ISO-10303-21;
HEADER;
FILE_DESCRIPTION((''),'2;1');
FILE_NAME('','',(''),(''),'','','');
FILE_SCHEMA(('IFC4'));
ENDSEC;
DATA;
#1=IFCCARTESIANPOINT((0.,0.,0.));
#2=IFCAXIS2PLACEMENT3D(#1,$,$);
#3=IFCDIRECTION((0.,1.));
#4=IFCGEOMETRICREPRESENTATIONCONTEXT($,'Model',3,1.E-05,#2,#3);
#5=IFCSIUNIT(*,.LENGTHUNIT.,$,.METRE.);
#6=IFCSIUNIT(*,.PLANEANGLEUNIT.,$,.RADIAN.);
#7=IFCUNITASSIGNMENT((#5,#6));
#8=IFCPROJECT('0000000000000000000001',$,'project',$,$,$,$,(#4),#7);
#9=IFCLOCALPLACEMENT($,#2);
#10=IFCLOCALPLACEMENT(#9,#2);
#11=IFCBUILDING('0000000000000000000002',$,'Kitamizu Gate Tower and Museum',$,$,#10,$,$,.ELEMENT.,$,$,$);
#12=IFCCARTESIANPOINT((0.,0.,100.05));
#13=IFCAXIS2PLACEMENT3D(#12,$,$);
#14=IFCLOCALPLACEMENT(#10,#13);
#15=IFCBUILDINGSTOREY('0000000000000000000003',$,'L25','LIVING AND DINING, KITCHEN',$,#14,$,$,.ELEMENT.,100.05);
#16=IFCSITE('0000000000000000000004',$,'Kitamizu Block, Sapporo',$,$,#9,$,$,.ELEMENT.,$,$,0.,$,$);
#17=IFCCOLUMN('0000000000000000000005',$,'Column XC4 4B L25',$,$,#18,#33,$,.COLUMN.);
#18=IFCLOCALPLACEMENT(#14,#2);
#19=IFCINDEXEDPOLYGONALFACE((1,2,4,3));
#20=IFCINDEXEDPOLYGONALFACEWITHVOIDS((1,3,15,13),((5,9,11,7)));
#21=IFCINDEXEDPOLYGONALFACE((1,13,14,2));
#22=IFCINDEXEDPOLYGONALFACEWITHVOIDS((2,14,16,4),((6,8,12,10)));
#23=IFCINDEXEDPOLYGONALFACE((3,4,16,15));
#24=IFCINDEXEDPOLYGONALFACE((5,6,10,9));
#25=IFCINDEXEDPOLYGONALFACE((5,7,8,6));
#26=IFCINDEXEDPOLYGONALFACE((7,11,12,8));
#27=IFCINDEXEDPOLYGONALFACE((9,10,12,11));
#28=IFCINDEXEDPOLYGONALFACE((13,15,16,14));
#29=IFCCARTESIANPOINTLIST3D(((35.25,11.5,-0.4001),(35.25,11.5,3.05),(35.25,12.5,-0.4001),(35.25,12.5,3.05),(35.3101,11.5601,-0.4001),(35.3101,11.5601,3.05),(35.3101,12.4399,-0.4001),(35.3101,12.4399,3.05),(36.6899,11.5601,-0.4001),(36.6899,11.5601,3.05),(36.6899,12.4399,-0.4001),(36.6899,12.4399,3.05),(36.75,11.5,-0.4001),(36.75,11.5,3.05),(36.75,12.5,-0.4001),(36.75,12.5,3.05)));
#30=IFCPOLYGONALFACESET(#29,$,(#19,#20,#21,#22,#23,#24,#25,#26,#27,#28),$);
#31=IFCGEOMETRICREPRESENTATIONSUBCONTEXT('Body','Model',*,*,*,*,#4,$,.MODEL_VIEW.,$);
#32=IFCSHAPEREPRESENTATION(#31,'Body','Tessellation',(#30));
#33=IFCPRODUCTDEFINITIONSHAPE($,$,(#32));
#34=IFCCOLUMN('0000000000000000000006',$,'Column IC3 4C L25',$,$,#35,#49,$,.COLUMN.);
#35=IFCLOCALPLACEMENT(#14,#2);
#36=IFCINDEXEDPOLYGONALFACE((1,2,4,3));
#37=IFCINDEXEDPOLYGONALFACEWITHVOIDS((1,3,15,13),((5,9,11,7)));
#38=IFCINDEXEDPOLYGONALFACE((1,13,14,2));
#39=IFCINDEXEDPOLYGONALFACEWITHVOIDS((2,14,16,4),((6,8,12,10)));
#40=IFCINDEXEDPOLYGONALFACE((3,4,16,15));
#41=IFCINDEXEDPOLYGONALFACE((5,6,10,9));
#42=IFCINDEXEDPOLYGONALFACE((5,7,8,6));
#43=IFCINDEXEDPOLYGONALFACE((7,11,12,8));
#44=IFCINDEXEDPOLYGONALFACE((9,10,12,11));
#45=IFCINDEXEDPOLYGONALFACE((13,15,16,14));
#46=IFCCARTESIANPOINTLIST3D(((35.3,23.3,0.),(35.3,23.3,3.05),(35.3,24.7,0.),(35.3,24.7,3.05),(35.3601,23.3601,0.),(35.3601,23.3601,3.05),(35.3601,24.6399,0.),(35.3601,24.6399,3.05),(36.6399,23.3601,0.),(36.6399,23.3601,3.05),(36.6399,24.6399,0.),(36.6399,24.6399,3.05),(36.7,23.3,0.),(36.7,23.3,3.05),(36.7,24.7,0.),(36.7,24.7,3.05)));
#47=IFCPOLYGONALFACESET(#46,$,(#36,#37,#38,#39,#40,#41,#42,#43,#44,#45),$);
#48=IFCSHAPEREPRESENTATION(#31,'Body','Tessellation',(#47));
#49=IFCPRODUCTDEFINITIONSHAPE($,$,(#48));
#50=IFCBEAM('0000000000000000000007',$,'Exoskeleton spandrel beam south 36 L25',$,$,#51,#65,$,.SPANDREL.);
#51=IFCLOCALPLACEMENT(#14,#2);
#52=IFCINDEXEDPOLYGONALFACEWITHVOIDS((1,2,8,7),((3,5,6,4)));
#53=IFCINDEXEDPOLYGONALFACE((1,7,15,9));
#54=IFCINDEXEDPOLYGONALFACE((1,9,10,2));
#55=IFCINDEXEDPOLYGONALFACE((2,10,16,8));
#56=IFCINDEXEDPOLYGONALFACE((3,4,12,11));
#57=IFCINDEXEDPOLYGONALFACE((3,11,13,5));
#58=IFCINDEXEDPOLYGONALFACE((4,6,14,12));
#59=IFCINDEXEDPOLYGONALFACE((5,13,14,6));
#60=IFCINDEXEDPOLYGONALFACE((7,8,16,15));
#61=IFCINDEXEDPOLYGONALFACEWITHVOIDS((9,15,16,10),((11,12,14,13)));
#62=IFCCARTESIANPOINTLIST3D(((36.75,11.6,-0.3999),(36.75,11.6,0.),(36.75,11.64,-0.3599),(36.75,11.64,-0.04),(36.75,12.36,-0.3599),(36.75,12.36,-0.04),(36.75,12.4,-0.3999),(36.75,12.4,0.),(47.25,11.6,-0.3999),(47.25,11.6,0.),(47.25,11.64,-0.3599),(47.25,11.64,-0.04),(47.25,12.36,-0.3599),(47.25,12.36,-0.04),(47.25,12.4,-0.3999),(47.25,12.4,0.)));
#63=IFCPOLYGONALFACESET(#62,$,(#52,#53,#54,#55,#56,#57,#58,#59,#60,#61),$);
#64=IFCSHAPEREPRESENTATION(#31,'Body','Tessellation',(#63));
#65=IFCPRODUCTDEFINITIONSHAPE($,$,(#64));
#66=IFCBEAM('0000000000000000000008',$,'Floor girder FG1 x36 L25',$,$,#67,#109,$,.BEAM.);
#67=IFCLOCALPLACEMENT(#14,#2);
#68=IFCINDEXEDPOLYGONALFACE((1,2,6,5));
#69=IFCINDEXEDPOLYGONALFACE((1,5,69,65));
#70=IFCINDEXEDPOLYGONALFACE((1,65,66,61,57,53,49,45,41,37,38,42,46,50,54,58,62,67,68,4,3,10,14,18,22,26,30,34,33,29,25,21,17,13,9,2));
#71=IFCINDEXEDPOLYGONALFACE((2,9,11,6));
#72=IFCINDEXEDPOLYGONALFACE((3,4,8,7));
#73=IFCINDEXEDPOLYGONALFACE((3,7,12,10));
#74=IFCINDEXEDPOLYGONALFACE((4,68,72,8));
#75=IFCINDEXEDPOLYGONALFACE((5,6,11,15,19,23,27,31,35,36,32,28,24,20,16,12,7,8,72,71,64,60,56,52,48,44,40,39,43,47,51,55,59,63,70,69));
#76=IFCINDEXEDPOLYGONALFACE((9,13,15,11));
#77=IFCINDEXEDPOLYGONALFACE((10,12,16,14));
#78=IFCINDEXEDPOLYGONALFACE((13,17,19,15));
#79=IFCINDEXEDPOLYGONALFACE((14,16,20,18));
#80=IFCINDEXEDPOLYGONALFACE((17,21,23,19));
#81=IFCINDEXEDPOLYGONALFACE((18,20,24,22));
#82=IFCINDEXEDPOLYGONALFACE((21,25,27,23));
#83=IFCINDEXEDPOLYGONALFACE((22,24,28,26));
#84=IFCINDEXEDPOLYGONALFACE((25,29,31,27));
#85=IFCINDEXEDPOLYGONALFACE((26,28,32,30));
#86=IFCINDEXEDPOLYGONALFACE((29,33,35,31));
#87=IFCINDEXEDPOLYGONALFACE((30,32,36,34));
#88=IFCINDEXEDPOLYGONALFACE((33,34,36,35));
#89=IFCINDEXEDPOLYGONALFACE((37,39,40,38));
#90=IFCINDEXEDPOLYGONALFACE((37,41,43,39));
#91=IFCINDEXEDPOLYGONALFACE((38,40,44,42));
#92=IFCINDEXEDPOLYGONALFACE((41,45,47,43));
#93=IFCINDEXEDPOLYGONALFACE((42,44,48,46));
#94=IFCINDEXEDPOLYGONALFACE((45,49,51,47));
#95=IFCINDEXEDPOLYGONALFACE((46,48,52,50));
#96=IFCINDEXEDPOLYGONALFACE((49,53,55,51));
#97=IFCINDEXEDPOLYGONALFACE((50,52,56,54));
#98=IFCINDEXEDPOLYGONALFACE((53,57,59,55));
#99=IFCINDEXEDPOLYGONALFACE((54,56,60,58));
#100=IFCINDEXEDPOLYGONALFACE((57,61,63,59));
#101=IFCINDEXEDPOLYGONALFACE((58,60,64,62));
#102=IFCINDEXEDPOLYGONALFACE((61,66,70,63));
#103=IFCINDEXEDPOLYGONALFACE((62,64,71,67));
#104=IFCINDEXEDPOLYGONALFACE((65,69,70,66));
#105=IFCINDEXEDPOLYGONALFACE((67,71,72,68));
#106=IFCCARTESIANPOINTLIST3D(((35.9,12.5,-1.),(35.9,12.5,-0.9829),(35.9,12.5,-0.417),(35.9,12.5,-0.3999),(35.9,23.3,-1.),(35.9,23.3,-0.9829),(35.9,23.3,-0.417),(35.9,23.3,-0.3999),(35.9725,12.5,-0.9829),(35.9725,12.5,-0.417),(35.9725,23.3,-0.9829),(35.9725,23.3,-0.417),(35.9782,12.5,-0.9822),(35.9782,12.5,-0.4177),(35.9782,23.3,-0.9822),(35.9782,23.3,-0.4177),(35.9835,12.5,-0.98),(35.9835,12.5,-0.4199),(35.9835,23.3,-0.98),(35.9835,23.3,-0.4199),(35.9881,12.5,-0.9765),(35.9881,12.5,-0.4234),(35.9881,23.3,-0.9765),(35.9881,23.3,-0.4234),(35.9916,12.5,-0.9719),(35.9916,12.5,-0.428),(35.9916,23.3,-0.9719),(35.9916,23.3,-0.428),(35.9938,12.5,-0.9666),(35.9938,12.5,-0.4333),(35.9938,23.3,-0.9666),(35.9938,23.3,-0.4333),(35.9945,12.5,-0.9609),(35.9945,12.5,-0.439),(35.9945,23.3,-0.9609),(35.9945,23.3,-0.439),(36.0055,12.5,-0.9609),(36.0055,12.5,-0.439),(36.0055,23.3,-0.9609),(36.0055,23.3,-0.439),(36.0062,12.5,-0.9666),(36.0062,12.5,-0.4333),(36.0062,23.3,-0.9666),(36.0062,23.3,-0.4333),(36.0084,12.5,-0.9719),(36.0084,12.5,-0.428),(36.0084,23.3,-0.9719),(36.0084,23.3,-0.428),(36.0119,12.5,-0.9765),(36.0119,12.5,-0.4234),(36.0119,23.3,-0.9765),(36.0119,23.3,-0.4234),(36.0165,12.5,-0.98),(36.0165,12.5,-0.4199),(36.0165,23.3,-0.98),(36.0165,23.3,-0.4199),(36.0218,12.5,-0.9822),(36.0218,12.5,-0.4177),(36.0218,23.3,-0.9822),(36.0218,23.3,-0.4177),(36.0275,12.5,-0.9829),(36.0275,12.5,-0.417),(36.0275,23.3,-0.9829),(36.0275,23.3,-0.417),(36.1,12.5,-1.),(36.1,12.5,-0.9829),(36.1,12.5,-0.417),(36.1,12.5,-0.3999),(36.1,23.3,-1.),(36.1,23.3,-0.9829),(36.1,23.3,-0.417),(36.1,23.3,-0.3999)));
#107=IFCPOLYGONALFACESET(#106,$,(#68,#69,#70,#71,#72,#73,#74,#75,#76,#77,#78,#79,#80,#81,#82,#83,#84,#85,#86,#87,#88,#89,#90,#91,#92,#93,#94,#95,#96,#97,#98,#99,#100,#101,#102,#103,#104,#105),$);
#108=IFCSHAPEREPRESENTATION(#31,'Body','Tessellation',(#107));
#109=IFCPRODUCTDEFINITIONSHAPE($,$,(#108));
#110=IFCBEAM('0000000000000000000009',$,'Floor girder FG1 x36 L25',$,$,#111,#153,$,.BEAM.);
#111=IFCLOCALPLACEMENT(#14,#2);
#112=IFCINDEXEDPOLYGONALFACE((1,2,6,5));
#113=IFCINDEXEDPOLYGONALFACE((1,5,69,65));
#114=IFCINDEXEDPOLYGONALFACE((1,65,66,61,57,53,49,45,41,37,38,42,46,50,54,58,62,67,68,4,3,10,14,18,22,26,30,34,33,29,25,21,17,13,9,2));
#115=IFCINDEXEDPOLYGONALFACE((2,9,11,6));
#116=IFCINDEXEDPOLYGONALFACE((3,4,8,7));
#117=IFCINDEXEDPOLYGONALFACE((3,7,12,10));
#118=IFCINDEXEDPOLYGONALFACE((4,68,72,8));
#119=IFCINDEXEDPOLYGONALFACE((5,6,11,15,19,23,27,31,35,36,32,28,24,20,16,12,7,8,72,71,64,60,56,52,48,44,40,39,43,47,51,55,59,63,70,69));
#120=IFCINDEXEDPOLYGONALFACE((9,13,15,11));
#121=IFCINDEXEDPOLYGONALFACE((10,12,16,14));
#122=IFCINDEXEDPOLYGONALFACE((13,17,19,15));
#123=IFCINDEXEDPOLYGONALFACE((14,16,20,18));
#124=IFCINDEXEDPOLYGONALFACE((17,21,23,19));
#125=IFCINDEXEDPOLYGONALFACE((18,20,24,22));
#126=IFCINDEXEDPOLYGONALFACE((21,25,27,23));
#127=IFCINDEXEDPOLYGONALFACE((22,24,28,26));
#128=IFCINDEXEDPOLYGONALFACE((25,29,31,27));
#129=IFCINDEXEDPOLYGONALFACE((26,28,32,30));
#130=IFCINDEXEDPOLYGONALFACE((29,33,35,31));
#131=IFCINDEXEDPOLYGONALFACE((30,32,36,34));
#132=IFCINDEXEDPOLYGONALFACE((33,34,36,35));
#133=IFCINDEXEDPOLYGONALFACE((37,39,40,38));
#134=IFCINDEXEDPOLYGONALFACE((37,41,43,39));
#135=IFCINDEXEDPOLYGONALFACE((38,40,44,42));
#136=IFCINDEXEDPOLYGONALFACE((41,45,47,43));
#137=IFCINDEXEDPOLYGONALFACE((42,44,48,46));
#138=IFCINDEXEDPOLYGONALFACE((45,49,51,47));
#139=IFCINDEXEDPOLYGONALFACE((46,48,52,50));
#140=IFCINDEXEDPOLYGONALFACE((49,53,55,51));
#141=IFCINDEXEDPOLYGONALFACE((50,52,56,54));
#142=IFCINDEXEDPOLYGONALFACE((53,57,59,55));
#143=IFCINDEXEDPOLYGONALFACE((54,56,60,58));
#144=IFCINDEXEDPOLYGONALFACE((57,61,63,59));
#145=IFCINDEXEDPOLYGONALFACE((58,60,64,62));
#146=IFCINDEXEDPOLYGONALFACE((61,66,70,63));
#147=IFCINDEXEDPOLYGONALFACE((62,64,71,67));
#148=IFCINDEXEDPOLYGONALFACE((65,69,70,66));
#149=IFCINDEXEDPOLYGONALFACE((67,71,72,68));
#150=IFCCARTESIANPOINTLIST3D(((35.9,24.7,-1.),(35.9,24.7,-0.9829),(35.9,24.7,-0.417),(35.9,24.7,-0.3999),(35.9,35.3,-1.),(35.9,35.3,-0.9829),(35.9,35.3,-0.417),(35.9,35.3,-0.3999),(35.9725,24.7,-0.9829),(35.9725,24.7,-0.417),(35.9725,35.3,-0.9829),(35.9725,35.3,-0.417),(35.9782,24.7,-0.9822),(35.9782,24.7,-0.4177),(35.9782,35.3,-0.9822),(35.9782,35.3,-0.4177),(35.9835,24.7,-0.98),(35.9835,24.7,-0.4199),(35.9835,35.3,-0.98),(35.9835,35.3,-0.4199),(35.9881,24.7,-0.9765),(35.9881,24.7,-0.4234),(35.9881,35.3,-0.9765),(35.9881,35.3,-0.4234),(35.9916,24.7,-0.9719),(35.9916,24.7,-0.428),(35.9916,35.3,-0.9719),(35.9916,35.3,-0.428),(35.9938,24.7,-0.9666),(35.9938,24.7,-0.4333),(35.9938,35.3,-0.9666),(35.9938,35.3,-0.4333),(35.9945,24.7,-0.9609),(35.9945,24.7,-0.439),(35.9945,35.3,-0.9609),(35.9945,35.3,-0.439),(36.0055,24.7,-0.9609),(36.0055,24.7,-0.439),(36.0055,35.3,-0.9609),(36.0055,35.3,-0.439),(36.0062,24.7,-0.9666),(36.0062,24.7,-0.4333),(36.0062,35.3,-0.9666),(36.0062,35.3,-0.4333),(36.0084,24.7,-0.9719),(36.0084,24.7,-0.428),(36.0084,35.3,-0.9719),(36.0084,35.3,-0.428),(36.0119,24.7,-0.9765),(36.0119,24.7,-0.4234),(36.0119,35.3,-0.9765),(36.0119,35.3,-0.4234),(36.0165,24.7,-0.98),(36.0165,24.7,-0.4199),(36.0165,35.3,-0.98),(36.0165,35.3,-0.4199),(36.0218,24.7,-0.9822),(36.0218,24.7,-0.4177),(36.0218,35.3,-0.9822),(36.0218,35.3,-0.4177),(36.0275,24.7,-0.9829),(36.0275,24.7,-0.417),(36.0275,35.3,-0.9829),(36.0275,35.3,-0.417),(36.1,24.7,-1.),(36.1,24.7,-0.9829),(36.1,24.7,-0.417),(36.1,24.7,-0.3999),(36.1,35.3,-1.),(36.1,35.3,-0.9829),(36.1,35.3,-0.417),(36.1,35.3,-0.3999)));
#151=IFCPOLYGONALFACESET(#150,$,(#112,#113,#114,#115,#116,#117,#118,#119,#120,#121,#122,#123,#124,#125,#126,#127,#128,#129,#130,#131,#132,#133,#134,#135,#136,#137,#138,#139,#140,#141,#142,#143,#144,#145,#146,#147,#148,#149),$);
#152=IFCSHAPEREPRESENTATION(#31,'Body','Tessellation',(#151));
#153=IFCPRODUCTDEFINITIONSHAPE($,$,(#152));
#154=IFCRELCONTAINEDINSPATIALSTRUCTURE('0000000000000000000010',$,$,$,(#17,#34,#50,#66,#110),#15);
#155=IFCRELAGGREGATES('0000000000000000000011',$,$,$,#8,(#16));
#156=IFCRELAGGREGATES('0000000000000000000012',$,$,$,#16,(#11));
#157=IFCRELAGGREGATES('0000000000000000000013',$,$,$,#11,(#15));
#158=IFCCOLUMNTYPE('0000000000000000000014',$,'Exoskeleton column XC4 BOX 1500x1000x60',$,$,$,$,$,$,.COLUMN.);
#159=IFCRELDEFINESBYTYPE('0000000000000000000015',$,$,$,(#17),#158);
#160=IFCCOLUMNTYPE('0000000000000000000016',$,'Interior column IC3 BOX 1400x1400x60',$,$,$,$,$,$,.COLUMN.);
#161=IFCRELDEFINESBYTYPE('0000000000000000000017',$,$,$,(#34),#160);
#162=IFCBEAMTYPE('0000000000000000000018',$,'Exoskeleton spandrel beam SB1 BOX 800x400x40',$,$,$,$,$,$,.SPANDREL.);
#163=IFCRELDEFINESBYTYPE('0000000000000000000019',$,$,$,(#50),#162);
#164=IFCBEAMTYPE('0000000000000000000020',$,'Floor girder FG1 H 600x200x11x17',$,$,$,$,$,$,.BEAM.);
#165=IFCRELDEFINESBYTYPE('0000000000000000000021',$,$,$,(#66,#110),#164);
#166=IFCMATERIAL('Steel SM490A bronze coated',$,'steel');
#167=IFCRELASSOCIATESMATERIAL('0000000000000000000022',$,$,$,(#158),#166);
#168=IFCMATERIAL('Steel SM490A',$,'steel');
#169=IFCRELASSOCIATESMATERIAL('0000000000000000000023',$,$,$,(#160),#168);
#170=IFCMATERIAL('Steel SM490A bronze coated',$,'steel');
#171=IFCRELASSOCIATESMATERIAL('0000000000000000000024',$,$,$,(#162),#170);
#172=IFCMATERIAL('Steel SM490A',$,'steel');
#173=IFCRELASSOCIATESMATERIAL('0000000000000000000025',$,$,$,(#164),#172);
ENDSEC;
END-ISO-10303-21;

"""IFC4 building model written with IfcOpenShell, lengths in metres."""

from ifc_helpers import new_model, si_unit, direction, frame, origin, origin_2d, place, context, subcontext, project, spatial, hollow_rectangle, i_section, extrude, material, material_profile, profile_set, type_object, element, save


model = new_model("IFC4")

# Units and contexts
model_context = context("Model", 3, precision=1e-05, world=origin(), true_north=direction((0.0, 1.0)))
body_context = subcontext(model_context, "Body", "Model", "MODEL_VIEW")
ifc_project = project(units=[si_unit("LENGTHUNIT", "METRE"), si_unit("PLANEANGLEUNIT", "RADIAN")], contexts=[model_context])

# Site, building, storey
site_placement = place(None, origin())
site = spatial("IfcSite", under=ifc_project, at=site_placement, Name="Kitamizu Block, Sapporo", CompositionType="ELEMENT", RefElevation=0.0)
building_placement = place(site_placement, origin())
building = spatial("IfcBuilding", under=site, at=building_placement, Name="Kitamizu Gate Tower and Museum", CompositionType="ELEMENT")
storey_placement = place(building_placement, frame((0.0, 0.0, 100.05)))
storey = spatial("IfcBuildingStorey", under=building, at=storey_placement, Name="L25", Description="LIVING AND DINING, KITCHEN", CompositionType="ELEMENT", Elevation=100.05)

# Columns
ifc_material_1 = material(Name="Steel SM490A bronze coated", Category="steel")
ifc_material_profile_1 = material_profile(ifc_material_1, hollow_rectangle(XDim=1.5, YDim=1.0, WallThickness=0.0601, at=origin_2d()), Name="BOX 1500x1000x60")
ifc_profile_set_1 = profile_set([ifc_material_profile_1], Name="Steel SM490A bronze coated")
column_type_1 = type_object("IfcColumnType", Name="Exoskeleton column XC4 BOX 1500x1000x60", PredefinedType="COLUMN", material=ifc_profile_set_1)
column_1_placement = place(storey_placement, frame((36.0, 12.0, -0.4001), z_axis=(0.0, 0.0, 1.0), x_axis=(1.0, 0.0, 0.0)))
element("IfcColumn", 1, at=column_1_placement, inside=storey, type_object=column_type_1, Name="Column XC4 4B L25", PredefinedType="COLUMN", context=body_context, shape_type="SweptSolid", body=[
    extrude(hollow_rectangle(XDim=1.5, YDim=1.0, WallThickness=0.0601, at=origin_2d()), origin(), (0.0, 0.0, 1.0), 3.4502),
])
ifc_material_2 = material(Name="Steel SM490A", Category="steel")
ifc_material_profile_2 = material_profile(ifc_material_2, hollow_rectangle(XDim=1.3999, YDim=1.3999, WallThickness=0.0601, at=origin_2d()), Name="BOX 1400x1400x60")
ifc_profile_set_2 = profile_set([ifc_material_profile_2], Name="Steel SM490A")
column_type_2 = type_object("IfcColumnType", Name="Interior column IC3 BOX 1400x1400x60", PredefinedType="COLUMN", material=ifc_profile_set_2)
column_2_placement = place(storey_placement, frame((36.0, 24.0, 0.0), z_axis=(0.0, 0.0, 1.0), x_axis=(1.0, 0.0, 0.0)))
element("IfcColumn", 2, at=column_2_placement, inside=storey, type_object=column_type_2, Name="Column IC3 4C L25", PredefinedType="COLUMN", context=body_context, shape_type="SweptSolid", body=[
    extrude(hollow_rectangle(XDim=1.3999, YDim=1.3999, WallThickness=0.0601, at=origin_2d()), origin(), (0.0, 0.0, 1.0), 3.05),
])

# Beams
ifc_material_3 = material(Name="Steel SM490A bronze coated", Category="steel")
ifc_material_profile_3 = material_profile(ifc_material_3, hollow_rectangle(XDim=0.8, YDim=0.3999, WallThickness=0.04, at=origin_2d()), Name="BOX 800x400x40")
ifc_profile_set_3 = profile_set([ifc_material_profile_3], Name="Steel SM490A bronze coated")
beam_type_1 = type_object("IfcBeamType", Name="Exoskeleton spandrel beam SB1 BOX 800x400x40", PredefinedType="SPANDREL", material=ifc_profile_set_3)
beam_1_placement = place(storey_placement, frame((36.75, 12.0, -0.2), z_axis=(1.0, 0.0, 0.0), x_axis=(0.0, 1.0, 0.0)))
element("IfcBeam", 3, at=beam_1_placement, inside=storey, type_object=beam_type_1, Name="Exoskeleton spandrel beam south 36 L25", PredefinedType="SPANDREL", context=body_context, shape_type="SweptSolid", body=[
    extrude(hollow_rectangle(XDim=0.8, YDim=0.3999, WallThickness=0.04, at=origin_2d()), origin(), (0.0, 0.0, 1.0), 10.5),
])
ifc_material_4 = material(Name="Steel SM490A", Category="steel")
ifc_material_profile_4 = material_profile(ifc_material_4, i_section(OverallWidth=0.2, OverallDepth=0.6001, WebThickness=0.011, FlangeThickness=0.0171, FilletRadius=0.022, at=origin_2d()), Name="H-600x200x11x17")
ifc_profile_set_4 = profile_set([ifc_material_profile_4], Name="Steel SM490A")
beam_type_2 = type_object("IfcBeamType", Name="Floor girder FG1 H 600x200x11x17", PredefinedType="BEAM", material=ifc_profile_set_4)
beam_2_placement = place(storey_placement, frame((36.0, 12.5, -0.7), z_axis=(0.0, 1.0, 0.0), x_axis=(-1.0, 0.0, 0.0)))
element("IfcBeam", 4, at=beam_2_placement, inside=storey, type_object=beam_type_2, Name="Floor girder FG1 x36 L25", PredefinedType="BEAM", context=body_context, shape_type="SweptSolid", body=[
    extrude(i_section(OverallWidth=0.2, OverallDepth=0.6001, WebThickness=0.011, FlangeThickness=0.0171, FilletRadius=0.022, at=origin_2d()), origin(), (0.0, 0.0, 1.0), 10.8),
])
beam_3_placement = place(storey_placement, frame((36.0, 24.7, -0.7), z_axis=(0.0, 1.0, 0.0), x_axis=(-1.0, 0.0, 0.0)))
element("IfcBeam", 5, at=beam_3_placement, inside=storey, type_object=beam_type_2, Name="Floor girder FG1 x36 L25", PredefinedType="BEAM", context=body_context, shape_type="SweptSolid", body=[
    extrude(i_section(OverallWidth=0.2, OverallDepth=0.6001, WebThickness=0.011, FlangeThickness=0.0171, FilletRadius=0.022, at=origin_2d()), origin(), (0.0, 0.0, 1.0), 10.6001),
])

save(model, "model.ifc")
